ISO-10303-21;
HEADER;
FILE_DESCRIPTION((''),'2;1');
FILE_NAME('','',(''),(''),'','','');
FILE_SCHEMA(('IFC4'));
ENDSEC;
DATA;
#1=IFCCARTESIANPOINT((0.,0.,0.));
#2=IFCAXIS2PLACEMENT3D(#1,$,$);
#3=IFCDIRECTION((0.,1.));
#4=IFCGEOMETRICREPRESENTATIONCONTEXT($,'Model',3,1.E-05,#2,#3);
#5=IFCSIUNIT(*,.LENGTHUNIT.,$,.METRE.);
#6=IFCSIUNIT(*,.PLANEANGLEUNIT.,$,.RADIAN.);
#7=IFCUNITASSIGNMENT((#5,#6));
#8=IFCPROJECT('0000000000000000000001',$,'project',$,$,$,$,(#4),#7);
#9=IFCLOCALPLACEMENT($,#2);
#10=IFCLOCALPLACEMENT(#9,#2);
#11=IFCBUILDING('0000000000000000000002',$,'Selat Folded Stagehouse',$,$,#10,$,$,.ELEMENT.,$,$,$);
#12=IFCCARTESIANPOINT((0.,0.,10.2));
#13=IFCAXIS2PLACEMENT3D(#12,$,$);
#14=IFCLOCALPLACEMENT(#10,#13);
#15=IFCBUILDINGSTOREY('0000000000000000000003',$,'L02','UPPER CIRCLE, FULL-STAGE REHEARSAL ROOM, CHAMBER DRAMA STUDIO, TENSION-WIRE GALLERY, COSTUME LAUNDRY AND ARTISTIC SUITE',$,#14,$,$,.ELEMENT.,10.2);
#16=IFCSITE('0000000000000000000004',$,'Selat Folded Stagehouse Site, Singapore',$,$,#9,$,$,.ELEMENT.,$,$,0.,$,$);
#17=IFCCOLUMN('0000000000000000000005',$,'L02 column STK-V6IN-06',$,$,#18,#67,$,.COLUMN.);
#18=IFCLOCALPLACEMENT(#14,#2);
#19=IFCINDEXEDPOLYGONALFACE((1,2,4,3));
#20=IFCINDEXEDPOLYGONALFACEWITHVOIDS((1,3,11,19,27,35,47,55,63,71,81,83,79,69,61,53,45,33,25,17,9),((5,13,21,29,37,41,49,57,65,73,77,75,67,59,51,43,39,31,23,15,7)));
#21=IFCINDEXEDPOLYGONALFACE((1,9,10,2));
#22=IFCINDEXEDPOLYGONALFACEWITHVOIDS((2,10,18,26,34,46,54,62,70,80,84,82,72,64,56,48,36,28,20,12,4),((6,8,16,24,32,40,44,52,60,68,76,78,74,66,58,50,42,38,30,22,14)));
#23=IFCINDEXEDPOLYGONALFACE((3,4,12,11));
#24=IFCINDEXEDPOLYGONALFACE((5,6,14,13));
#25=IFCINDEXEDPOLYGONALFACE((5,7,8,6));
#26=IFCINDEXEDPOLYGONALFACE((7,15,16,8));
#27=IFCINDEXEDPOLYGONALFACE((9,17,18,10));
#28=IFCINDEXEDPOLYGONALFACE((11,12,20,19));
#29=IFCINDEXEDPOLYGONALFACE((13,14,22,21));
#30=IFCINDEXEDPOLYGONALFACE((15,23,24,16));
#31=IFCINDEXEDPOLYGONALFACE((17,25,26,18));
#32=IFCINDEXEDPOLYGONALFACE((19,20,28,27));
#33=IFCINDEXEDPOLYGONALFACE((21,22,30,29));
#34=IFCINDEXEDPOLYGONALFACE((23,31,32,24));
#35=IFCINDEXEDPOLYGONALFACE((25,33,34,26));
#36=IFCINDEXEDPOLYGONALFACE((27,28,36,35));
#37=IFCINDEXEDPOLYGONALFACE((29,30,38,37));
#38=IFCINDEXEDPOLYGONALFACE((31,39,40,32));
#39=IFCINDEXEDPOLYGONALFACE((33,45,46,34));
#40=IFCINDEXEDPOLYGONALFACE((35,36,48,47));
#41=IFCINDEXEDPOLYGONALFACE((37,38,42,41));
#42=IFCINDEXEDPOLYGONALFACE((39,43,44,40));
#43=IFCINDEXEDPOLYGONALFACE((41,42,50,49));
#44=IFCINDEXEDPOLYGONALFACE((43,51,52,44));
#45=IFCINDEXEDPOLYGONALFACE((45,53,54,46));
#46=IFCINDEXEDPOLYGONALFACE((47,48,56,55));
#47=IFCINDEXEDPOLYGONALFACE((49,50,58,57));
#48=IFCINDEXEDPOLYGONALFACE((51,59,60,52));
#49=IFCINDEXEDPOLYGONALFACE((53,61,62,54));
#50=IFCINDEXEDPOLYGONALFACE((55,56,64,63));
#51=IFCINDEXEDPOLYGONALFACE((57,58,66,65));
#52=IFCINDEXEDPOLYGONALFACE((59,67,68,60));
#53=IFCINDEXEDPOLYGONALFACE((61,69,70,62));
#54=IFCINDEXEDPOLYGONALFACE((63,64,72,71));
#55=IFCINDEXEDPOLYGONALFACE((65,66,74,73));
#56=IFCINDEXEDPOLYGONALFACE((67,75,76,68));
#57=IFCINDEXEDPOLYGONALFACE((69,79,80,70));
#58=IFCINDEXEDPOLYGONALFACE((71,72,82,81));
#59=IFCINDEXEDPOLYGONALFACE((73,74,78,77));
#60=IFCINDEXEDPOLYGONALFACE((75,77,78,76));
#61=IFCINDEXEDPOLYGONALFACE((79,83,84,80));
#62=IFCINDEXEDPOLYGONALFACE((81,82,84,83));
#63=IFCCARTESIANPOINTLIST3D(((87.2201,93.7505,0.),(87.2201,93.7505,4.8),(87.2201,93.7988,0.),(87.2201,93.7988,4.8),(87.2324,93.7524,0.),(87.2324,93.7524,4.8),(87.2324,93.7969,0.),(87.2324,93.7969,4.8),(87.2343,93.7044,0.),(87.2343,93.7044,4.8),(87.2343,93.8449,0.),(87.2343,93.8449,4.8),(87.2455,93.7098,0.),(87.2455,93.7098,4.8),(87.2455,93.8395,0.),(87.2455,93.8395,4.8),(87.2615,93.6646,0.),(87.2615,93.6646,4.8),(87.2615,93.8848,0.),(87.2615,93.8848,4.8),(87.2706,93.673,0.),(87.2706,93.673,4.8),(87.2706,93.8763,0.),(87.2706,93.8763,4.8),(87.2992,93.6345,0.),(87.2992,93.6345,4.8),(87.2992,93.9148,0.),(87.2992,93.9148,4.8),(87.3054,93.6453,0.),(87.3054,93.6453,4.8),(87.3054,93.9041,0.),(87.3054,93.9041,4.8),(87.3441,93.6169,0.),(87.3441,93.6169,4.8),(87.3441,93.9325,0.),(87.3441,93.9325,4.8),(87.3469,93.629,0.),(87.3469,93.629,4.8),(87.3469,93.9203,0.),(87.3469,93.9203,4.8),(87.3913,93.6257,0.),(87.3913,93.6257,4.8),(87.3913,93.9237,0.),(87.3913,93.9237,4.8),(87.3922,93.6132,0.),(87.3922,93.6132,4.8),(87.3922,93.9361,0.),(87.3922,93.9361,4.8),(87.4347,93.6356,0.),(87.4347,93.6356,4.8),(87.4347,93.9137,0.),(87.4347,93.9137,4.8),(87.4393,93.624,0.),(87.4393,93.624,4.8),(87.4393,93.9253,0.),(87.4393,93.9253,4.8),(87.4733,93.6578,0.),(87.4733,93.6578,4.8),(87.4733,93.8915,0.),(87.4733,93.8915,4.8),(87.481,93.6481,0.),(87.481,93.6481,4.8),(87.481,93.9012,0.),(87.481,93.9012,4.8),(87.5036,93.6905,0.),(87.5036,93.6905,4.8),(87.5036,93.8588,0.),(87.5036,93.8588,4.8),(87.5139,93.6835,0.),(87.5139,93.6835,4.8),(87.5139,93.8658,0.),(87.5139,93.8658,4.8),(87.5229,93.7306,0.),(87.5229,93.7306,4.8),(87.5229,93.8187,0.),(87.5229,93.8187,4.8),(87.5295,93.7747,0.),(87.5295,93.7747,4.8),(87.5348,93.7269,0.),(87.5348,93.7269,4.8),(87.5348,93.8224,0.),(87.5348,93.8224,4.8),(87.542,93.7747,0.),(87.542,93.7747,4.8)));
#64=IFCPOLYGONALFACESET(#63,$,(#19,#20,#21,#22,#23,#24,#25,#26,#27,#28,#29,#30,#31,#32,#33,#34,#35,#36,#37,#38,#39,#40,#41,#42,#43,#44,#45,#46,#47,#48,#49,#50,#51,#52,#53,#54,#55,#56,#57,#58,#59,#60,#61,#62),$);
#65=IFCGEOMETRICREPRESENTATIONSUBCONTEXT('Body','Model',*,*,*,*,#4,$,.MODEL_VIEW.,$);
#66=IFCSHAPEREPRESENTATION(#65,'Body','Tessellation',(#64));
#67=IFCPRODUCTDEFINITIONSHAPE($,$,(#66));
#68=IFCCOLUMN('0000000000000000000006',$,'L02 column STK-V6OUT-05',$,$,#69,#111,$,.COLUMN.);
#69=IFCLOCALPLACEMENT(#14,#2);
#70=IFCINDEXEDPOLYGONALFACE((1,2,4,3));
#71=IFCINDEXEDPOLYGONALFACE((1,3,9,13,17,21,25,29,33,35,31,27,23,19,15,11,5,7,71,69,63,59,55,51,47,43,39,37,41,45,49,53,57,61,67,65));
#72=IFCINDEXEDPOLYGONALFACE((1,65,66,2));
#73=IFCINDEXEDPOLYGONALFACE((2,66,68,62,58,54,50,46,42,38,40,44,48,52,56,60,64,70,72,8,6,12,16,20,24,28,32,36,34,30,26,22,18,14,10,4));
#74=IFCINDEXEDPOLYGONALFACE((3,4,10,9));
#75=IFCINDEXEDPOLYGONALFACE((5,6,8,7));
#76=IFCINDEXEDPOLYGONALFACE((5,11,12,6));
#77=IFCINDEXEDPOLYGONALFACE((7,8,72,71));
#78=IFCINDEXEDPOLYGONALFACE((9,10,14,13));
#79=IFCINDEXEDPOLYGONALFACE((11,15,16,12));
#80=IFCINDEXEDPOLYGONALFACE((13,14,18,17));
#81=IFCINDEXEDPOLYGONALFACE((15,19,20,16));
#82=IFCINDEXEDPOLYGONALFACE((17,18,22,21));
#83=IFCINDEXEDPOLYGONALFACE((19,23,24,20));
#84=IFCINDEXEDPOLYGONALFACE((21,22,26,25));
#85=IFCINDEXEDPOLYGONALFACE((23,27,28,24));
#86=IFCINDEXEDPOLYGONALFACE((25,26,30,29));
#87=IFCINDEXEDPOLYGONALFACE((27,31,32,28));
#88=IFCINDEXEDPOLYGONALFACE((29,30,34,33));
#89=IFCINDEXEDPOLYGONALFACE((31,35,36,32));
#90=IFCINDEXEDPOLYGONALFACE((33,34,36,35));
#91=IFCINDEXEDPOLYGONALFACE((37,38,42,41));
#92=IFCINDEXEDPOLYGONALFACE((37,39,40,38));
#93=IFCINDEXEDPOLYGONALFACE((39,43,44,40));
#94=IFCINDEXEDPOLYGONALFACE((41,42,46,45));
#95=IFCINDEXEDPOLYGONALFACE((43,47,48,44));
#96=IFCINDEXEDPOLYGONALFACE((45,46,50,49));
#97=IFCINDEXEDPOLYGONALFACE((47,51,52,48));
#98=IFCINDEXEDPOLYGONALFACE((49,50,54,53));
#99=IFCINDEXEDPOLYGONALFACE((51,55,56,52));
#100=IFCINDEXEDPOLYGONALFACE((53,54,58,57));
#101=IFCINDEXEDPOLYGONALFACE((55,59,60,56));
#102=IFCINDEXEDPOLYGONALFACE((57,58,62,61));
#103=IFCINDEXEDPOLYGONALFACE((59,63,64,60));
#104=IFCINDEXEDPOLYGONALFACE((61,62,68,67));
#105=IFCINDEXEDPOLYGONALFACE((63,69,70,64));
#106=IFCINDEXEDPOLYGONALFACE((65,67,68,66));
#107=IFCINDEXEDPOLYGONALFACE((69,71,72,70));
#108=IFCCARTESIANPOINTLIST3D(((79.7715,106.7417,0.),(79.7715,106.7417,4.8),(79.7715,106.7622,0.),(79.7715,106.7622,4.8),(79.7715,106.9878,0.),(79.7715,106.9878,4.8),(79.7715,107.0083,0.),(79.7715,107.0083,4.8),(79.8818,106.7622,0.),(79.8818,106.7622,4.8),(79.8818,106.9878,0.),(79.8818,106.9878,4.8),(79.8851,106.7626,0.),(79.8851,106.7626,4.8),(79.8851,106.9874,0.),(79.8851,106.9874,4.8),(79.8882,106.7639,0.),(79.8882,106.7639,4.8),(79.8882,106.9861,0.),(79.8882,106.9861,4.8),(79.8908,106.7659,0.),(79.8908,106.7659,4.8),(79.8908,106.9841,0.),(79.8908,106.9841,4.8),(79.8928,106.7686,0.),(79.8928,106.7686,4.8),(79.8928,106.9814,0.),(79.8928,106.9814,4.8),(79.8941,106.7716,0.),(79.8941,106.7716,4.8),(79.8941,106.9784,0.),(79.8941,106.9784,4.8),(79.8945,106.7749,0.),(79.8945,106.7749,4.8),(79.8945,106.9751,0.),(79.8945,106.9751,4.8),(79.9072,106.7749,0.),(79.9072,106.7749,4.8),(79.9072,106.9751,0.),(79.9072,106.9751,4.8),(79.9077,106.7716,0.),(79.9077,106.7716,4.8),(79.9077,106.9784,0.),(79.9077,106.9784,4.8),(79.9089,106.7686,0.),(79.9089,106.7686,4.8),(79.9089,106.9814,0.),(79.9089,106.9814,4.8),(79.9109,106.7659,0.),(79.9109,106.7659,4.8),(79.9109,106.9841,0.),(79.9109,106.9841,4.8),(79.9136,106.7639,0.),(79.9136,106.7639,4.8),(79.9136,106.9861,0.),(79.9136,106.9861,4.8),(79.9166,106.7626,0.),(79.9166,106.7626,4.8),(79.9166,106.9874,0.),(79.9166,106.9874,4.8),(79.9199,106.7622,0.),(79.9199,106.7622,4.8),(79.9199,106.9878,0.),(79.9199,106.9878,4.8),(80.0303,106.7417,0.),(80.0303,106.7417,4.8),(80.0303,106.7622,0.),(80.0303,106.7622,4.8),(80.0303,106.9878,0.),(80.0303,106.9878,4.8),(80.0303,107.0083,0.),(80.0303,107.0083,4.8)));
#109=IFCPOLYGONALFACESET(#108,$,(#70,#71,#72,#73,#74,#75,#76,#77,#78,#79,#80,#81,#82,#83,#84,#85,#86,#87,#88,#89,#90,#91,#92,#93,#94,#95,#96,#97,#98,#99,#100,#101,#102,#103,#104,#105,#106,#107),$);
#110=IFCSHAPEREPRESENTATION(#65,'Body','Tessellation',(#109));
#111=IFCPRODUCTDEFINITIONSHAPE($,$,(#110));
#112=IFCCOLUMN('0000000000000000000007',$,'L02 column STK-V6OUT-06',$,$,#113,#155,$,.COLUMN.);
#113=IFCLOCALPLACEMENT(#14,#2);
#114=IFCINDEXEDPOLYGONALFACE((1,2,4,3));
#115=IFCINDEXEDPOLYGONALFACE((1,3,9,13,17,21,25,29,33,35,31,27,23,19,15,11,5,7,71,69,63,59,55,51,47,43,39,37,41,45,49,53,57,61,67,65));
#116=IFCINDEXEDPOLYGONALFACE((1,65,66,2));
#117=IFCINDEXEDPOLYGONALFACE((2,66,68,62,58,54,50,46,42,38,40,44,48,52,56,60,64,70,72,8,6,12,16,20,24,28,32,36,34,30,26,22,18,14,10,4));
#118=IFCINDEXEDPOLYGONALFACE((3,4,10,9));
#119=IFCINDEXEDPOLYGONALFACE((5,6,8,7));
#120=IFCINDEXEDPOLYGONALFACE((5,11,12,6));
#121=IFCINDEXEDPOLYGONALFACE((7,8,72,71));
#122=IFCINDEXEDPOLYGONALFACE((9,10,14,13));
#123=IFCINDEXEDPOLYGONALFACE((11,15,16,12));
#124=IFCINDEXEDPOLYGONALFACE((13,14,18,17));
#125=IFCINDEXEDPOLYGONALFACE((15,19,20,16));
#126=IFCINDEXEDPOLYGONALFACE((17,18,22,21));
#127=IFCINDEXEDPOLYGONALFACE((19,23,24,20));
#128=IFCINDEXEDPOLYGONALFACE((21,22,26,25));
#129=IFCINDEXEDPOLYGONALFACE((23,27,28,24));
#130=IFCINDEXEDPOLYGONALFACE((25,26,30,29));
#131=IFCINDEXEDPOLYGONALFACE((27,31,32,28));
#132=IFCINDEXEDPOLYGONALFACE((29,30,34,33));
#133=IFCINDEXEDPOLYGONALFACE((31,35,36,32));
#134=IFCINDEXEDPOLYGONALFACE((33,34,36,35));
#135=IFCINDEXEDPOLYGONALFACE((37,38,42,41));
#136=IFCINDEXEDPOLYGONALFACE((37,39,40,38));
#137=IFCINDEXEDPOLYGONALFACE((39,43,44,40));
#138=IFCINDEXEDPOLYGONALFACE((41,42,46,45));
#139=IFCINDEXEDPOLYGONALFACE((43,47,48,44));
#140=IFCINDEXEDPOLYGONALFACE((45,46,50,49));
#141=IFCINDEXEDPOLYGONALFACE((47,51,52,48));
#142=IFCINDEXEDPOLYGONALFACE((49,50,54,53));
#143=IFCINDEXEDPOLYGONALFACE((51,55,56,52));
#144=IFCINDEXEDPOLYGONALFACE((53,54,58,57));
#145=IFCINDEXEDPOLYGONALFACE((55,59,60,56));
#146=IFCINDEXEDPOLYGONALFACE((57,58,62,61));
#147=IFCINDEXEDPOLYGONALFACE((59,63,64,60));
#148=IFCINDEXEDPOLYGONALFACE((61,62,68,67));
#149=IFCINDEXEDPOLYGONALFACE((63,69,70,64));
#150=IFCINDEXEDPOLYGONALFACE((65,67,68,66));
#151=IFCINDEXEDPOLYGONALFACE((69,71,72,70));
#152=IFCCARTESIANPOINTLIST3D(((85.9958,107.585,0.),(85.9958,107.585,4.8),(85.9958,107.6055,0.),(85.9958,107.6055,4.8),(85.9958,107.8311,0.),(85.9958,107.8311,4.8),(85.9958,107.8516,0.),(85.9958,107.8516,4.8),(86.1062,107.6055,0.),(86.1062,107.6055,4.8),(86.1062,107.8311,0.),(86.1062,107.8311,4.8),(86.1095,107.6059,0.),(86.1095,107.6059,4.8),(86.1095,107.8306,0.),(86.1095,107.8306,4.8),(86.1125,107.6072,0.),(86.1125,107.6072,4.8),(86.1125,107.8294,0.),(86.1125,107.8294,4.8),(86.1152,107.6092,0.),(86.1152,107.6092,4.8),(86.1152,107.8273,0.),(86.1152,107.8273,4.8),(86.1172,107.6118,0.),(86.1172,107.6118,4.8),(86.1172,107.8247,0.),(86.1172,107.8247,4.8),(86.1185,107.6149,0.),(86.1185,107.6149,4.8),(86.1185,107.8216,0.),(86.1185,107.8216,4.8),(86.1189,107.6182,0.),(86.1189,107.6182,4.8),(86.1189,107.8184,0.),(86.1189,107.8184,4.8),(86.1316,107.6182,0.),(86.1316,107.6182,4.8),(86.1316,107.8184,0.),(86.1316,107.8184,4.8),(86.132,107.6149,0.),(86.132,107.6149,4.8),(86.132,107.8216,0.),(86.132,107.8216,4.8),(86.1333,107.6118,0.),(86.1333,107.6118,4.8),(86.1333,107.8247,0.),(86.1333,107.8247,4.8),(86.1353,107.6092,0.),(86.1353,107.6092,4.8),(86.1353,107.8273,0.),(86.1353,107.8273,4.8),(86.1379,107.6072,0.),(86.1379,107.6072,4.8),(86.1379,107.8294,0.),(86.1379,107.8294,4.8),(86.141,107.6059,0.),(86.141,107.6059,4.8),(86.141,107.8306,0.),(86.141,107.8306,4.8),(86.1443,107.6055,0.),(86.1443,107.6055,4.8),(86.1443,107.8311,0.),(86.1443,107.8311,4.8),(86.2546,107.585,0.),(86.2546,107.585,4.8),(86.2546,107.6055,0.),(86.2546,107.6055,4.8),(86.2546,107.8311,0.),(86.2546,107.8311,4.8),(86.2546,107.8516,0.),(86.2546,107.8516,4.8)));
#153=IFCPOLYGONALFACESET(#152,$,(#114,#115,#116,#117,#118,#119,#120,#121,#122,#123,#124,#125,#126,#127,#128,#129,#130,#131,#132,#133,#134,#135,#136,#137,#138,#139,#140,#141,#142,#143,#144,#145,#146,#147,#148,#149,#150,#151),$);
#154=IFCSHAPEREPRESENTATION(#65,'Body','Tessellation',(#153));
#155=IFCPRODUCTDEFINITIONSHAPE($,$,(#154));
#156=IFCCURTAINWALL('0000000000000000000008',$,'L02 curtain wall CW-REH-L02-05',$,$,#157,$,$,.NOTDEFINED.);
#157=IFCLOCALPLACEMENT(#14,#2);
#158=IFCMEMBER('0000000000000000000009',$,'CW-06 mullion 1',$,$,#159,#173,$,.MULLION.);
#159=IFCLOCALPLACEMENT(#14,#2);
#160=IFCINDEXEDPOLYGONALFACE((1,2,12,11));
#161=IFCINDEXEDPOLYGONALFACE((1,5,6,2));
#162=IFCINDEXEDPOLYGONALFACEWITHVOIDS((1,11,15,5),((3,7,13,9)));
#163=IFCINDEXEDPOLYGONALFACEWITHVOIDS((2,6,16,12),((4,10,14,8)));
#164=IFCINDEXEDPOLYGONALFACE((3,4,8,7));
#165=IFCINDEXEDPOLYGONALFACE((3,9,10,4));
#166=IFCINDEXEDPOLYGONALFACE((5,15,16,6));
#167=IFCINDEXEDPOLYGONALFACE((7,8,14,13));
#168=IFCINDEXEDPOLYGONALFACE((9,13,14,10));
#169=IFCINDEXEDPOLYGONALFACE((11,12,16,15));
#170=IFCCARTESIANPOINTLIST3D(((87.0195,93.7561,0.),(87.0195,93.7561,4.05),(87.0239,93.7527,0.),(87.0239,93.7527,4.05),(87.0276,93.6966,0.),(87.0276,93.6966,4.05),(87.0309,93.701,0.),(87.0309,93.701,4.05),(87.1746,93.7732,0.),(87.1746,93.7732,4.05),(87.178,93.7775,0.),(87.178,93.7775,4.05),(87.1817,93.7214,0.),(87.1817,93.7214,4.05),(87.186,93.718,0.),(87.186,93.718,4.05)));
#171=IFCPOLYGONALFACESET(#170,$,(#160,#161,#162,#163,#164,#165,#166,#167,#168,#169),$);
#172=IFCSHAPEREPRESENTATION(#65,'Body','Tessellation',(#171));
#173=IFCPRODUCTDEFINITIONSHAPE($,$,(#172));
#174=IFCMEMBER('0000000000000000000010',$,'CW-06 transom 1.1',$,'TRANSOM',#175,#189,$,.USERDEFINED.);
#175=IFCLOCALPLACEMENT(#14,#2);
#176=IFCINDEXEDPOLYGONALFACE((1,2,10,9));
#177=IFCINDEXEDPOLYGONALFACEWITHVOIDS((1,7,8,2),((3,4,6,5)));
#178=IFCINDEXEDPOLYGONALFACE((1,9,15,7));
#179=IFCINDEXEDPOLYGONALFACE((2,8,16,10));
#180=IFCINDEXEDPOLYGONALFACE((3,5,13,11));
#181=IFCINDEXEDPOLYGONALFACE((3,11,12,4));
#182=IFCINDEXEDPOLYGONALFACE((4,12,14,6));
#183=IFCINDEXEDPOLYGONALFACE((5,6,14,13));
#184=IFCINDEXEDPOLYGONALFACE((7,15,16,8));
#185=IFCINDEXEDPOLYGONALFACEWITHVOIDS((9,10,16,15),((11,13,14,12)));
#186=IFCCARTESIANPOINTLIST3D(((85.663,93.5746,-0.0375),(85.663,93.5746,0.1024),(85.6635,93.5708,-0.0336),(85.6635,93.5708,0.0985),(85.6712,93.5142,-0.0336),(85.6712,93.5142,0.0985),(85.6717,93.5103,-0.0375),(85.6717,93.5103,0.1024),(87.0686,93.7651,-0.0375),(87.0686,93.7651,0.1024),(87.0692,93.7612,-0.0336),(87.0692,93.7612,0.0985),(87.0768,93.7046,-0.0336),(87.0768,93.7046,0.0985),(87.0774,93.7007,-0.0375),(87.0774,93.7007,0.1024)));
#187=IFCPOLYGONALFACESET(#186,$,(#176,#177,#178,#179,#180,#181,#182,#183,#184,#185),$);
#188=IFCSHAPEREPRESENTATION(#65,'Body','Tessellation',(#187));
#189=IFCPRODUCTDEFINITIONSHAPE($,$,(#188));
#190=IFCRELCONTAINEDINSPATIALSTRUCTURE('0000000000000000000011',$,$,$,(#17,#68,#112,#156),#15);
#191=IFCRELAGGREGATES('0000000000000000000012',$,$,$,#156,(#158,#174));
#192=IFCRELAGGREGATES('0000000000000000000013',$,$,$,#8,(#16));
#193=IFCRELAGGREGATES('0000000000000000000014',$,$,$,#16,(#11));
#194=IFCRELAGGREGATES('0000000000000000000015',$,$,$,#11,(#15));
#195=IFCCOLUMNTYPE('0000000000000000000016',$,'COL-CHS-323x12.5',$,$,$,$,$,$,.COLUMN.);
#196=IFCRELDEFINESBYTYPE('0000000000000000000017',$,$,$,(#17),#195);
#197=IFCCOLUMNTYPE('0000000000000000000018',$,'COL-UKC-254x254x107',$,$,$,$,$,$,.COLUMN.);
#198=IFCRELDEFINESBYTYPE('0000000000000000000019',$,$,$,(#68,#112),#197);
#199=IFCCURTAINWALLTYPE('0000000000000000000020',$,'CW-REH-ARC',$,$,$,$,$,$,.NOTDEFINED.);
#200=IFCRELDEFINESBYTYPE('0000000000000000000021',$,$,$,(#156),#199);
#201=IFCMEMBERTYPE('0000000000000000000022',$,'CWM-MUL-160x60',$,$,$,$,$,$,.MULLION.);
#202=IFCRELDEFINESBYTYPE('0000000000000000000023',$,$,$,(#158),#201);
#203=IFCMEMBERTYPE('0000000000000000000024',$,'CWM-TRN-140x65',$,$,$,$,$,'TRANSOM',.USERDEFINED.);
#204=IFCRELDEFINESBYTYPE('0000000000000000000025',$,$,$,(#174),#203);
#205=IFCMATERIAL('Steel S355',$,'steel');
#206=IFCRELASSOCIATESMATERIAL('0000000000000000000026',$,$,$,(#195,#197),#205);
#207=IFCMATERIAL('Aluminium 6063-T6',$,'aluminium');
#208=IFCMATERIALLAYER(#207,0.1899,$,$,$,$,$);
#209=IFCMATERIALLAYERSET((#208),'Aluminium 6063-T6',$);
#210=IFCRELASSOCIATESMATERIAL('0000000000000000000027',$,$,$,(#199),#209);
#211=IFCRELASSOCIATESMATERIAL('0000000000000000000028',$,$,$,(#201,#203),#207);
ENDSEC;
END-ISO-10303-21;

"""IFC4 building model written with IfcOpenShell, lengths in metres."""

from ifc_helpers import new_model, si_unit, direction, frame, origin, origin_2d, place, context, subcontext, project, spatial, hollow_rectangle, hollow_circle, i_section, extrude, material, layer, layer_set, material_profile, profile_set, type_object, element, aggregate, save


model = new_model("IFC4")

# Units and contexts
model_context = context("Model", 3, precision=1e-05, world=origin(), true_north=direction((0.0, 1.0)))
body_context = subcontext(model_context, "Body", "Model", "MODEL_VIEW")
ifc_project = project(units=[si_unit("LENGTHUNIT", "METRE"), si_unit("PLANEANGLEUNIT", "RADIAN")], contexts=[model_context])

# Site, building, storey
site_placement = place(None, origin())
site = spatial("IfcSite", under=ifc_project, at=site_placement, Name="Selat Folded Stagehouse Site, Singapore", CompositionType="ELEMENT", RefElevation=0.0)
building_placement = place(site_placement, origin())
building = spatial("IfcBuilding", under=site, at=building_placement, Name="Selat Folded Stagehouse", CompositionType="ELEMENT")
storey_placement = place(building_placement, frame((0.0, 0.0, 10.2)))
storey = spatial("IfcBuildingStorey", under=building, at=storey_placement, Name="L02", Description="UPPER CIRCLE, FULL-STAGE REHEARSAL ROOM, CHAMBER DRAMA STUDIO, TENSION-WIRE GALLERY, COSTUME LAUNDRY AND ARTISTIC SUITE", CompositionType="ELEMENT", Elevation=10.2)

# Columns
ifc_material_1 = material(Name="Steel S355", Category="steel")
ifc_material_profile_1 = material_profile(ifc_material_1, hollow_circle(Radius=0.1619, WallThickness=0.0125, at=origin_2d()), Name="CHS 323.9x12.5")
ifc_profile_set_1 = profile_set([ifc_material_profile_1], Name="Steel S355")
column_type_1 = type_object("IfcColumnType", Name="COL-CHS-323x12.5", PredefinedType="COLUMN", material=ifc_profile_set_1)
column_placement = place(storey_placement, frame((87.3801, 93.7747, 0.0), z_axis=(0.0, 0.0, 1.0), x_axis=(1.0, 0.0, 0.0)))
element("IfcColumn", 1, at=column_placement, inside=storey, type_object=column_type_1, Name="L02 column STK-V6IN-06", PredefinedType="COLUMN", context=body_context, shape_type="SweptSolid", body=[
    extrude(hollow_circle(Radius=0.1619, WallThickness=0.0125, at=origin_2d()), origin(), (0.0, 0.0, 1.0), 4.8),
])
ifc_material_profile_2 = material_profile(ifc_material_1, i_section(OverallWidth=0.2588, OverallDepth=0.2666, WebThickness=0.0127, FlangeThickness=0.0205, FilletRadius=0.0127, at=origin_2d()), Name="UKC 254x254x107")
ifc_profile_set_2 = profile_set([ifc_material_profile_2], Name="Steel S355")
column_type_2 = type_object("IfcColumnType", Name="COL-UKC-254x254x107", PredefinedType="COLUMN", material=ifc_profile_set_2)
for number, where, z_axis, x_axis, name in (
    (2, (79.9009, 106.875, 0.0), (0.0, 0.0, 1.0), (1.0, 0.0, 0.0), "L02 column STK-V6OUT-05"),
    (3, (86.1252, 107.7183, 0.0), (0.0, 0.0, 1.0), (1.0, 0.0, 0.0), "L02 column STK-V6OUT-06"),
):
    element("IfcColumn", number, at=place(storey_placement, frame(where, z_axis=z_axis, x_axis=x_axis)), inside=storey, type_object=column_type_2, Name=name, PredefinedType="COLUMN", context=body_context, shape_type="SweptSolid", body=[
        extrude(i_section(OverallWidth=0.2588, OverallDepth=0.2666, WebThickness=0.0127, FlangeThickness=0.0205, FilletRadius=0.0127, at=origin_2d()), origin(), (0.0, 0.0, 1.0), 4.8),
    ])

# Curtain wall, members
ifc_material_2 = material(Name="Aluminium 6063-T6", Category="aluminium")
ifc_layer_1 = layer(ifc_material_2, 0.1899)
ifc_layer_set_1 = layer_set([ifc_layer_1], Name="Aluminium 6063-T6")
curtain_wall_type = type_object("IfcCurtainWallType", Name="CW-REH-ARC", PredefinedType="NOTDEFINED", material=ifc_layer_set_1)
curtain_wall_placement = place(storey_placement, origin())
curtain_wall = element("IfcCurtainWall", 4, at=curtain_wall_placement, inside=storey, type_object=curtain_wall_type, Name="L02 curtain wall CW-REH-L02-05", PredefinedType="NOTDEFINED")
ifc_material_profile_3 = material_profile(ifc_material_2, hollow_rectangle(XDim=0.0601, YDim=0.1599, WallThickness=0.0039, at=origin_2d()), Name="ALU 160x60x4.0")
ifc_profile_set_3 = profile_set([ifc_material_profile_3], Name="Aluminium 6063-T6")
member_type_1 = type_object("IfcMemberType", Name="CWM-MUL-160x60", PredefinedType="MULLION", material=ifc_profile_set_3)
member_1_placement = place(storey_placement, frame((87.1028, 93.7371, 0.0), z_axis=(0.0, 0.0, 1.0), x_axis=(0.134212, -0.990953, 0.0)))
member_1 = element("IfcMember", 5, at=member_1_placement, type_object=member_type_1, Name="CW-06 mullion 1", PredefinedType="MULLION", context=body_context, shape_type="SweptSolid", body=[
    extrude(hollow_rectangle(XDim=0.0601, YDim=0.1599, WallThickness=0.0039, at=origin_2d()), origin(), (0.0, 0.0, 1.0), 4.05),
])
ifc_material_profile_4 = material_profile(ifc_material_2, hollow_rectangle(XDim=0.0649, YDim=0.1399, WallThickness=0.0039, at=origin_2d()), Name="ALU 140x65x4.0")
ifc_profile_set_4 = profile_set([ifc_material_profile_4], Name="Aluminium 6063-T6")
member_type_2 = type_object("IfcMemberType", Name="CWM-TRN-140x65", ElementType="TRANSOM", PredefinedType="USERDEFINED", material=ifc_profile_set_4)
member_2_placement = place(storey_placement, frame((87.073, 93.7329, 0.0325), z_axis=(-0.990946, -0.134261, 0.0), x_axis=(0.134261, -0.990946, 0.0)))
member_2 = element("IfcMember", 6, at=member_2_placement, type_object=member_type_2, Name="CW-06 transom 1.1", ObjectType="TRANSOM", PredefinedType="USERDEFINED", context=body_context, shape_type="SweptSolid", body=[
    extrude(hollow_rectangle(XDim=0.0649, YDim=0.1399, WallThickness=0.0039, at=origin_2d()), origin(), (0.0, 0.0, 1.0), 1.4185),
])

aggregate(curtain_wall, [member_1, member_2])

save(model, "model.ifc")
